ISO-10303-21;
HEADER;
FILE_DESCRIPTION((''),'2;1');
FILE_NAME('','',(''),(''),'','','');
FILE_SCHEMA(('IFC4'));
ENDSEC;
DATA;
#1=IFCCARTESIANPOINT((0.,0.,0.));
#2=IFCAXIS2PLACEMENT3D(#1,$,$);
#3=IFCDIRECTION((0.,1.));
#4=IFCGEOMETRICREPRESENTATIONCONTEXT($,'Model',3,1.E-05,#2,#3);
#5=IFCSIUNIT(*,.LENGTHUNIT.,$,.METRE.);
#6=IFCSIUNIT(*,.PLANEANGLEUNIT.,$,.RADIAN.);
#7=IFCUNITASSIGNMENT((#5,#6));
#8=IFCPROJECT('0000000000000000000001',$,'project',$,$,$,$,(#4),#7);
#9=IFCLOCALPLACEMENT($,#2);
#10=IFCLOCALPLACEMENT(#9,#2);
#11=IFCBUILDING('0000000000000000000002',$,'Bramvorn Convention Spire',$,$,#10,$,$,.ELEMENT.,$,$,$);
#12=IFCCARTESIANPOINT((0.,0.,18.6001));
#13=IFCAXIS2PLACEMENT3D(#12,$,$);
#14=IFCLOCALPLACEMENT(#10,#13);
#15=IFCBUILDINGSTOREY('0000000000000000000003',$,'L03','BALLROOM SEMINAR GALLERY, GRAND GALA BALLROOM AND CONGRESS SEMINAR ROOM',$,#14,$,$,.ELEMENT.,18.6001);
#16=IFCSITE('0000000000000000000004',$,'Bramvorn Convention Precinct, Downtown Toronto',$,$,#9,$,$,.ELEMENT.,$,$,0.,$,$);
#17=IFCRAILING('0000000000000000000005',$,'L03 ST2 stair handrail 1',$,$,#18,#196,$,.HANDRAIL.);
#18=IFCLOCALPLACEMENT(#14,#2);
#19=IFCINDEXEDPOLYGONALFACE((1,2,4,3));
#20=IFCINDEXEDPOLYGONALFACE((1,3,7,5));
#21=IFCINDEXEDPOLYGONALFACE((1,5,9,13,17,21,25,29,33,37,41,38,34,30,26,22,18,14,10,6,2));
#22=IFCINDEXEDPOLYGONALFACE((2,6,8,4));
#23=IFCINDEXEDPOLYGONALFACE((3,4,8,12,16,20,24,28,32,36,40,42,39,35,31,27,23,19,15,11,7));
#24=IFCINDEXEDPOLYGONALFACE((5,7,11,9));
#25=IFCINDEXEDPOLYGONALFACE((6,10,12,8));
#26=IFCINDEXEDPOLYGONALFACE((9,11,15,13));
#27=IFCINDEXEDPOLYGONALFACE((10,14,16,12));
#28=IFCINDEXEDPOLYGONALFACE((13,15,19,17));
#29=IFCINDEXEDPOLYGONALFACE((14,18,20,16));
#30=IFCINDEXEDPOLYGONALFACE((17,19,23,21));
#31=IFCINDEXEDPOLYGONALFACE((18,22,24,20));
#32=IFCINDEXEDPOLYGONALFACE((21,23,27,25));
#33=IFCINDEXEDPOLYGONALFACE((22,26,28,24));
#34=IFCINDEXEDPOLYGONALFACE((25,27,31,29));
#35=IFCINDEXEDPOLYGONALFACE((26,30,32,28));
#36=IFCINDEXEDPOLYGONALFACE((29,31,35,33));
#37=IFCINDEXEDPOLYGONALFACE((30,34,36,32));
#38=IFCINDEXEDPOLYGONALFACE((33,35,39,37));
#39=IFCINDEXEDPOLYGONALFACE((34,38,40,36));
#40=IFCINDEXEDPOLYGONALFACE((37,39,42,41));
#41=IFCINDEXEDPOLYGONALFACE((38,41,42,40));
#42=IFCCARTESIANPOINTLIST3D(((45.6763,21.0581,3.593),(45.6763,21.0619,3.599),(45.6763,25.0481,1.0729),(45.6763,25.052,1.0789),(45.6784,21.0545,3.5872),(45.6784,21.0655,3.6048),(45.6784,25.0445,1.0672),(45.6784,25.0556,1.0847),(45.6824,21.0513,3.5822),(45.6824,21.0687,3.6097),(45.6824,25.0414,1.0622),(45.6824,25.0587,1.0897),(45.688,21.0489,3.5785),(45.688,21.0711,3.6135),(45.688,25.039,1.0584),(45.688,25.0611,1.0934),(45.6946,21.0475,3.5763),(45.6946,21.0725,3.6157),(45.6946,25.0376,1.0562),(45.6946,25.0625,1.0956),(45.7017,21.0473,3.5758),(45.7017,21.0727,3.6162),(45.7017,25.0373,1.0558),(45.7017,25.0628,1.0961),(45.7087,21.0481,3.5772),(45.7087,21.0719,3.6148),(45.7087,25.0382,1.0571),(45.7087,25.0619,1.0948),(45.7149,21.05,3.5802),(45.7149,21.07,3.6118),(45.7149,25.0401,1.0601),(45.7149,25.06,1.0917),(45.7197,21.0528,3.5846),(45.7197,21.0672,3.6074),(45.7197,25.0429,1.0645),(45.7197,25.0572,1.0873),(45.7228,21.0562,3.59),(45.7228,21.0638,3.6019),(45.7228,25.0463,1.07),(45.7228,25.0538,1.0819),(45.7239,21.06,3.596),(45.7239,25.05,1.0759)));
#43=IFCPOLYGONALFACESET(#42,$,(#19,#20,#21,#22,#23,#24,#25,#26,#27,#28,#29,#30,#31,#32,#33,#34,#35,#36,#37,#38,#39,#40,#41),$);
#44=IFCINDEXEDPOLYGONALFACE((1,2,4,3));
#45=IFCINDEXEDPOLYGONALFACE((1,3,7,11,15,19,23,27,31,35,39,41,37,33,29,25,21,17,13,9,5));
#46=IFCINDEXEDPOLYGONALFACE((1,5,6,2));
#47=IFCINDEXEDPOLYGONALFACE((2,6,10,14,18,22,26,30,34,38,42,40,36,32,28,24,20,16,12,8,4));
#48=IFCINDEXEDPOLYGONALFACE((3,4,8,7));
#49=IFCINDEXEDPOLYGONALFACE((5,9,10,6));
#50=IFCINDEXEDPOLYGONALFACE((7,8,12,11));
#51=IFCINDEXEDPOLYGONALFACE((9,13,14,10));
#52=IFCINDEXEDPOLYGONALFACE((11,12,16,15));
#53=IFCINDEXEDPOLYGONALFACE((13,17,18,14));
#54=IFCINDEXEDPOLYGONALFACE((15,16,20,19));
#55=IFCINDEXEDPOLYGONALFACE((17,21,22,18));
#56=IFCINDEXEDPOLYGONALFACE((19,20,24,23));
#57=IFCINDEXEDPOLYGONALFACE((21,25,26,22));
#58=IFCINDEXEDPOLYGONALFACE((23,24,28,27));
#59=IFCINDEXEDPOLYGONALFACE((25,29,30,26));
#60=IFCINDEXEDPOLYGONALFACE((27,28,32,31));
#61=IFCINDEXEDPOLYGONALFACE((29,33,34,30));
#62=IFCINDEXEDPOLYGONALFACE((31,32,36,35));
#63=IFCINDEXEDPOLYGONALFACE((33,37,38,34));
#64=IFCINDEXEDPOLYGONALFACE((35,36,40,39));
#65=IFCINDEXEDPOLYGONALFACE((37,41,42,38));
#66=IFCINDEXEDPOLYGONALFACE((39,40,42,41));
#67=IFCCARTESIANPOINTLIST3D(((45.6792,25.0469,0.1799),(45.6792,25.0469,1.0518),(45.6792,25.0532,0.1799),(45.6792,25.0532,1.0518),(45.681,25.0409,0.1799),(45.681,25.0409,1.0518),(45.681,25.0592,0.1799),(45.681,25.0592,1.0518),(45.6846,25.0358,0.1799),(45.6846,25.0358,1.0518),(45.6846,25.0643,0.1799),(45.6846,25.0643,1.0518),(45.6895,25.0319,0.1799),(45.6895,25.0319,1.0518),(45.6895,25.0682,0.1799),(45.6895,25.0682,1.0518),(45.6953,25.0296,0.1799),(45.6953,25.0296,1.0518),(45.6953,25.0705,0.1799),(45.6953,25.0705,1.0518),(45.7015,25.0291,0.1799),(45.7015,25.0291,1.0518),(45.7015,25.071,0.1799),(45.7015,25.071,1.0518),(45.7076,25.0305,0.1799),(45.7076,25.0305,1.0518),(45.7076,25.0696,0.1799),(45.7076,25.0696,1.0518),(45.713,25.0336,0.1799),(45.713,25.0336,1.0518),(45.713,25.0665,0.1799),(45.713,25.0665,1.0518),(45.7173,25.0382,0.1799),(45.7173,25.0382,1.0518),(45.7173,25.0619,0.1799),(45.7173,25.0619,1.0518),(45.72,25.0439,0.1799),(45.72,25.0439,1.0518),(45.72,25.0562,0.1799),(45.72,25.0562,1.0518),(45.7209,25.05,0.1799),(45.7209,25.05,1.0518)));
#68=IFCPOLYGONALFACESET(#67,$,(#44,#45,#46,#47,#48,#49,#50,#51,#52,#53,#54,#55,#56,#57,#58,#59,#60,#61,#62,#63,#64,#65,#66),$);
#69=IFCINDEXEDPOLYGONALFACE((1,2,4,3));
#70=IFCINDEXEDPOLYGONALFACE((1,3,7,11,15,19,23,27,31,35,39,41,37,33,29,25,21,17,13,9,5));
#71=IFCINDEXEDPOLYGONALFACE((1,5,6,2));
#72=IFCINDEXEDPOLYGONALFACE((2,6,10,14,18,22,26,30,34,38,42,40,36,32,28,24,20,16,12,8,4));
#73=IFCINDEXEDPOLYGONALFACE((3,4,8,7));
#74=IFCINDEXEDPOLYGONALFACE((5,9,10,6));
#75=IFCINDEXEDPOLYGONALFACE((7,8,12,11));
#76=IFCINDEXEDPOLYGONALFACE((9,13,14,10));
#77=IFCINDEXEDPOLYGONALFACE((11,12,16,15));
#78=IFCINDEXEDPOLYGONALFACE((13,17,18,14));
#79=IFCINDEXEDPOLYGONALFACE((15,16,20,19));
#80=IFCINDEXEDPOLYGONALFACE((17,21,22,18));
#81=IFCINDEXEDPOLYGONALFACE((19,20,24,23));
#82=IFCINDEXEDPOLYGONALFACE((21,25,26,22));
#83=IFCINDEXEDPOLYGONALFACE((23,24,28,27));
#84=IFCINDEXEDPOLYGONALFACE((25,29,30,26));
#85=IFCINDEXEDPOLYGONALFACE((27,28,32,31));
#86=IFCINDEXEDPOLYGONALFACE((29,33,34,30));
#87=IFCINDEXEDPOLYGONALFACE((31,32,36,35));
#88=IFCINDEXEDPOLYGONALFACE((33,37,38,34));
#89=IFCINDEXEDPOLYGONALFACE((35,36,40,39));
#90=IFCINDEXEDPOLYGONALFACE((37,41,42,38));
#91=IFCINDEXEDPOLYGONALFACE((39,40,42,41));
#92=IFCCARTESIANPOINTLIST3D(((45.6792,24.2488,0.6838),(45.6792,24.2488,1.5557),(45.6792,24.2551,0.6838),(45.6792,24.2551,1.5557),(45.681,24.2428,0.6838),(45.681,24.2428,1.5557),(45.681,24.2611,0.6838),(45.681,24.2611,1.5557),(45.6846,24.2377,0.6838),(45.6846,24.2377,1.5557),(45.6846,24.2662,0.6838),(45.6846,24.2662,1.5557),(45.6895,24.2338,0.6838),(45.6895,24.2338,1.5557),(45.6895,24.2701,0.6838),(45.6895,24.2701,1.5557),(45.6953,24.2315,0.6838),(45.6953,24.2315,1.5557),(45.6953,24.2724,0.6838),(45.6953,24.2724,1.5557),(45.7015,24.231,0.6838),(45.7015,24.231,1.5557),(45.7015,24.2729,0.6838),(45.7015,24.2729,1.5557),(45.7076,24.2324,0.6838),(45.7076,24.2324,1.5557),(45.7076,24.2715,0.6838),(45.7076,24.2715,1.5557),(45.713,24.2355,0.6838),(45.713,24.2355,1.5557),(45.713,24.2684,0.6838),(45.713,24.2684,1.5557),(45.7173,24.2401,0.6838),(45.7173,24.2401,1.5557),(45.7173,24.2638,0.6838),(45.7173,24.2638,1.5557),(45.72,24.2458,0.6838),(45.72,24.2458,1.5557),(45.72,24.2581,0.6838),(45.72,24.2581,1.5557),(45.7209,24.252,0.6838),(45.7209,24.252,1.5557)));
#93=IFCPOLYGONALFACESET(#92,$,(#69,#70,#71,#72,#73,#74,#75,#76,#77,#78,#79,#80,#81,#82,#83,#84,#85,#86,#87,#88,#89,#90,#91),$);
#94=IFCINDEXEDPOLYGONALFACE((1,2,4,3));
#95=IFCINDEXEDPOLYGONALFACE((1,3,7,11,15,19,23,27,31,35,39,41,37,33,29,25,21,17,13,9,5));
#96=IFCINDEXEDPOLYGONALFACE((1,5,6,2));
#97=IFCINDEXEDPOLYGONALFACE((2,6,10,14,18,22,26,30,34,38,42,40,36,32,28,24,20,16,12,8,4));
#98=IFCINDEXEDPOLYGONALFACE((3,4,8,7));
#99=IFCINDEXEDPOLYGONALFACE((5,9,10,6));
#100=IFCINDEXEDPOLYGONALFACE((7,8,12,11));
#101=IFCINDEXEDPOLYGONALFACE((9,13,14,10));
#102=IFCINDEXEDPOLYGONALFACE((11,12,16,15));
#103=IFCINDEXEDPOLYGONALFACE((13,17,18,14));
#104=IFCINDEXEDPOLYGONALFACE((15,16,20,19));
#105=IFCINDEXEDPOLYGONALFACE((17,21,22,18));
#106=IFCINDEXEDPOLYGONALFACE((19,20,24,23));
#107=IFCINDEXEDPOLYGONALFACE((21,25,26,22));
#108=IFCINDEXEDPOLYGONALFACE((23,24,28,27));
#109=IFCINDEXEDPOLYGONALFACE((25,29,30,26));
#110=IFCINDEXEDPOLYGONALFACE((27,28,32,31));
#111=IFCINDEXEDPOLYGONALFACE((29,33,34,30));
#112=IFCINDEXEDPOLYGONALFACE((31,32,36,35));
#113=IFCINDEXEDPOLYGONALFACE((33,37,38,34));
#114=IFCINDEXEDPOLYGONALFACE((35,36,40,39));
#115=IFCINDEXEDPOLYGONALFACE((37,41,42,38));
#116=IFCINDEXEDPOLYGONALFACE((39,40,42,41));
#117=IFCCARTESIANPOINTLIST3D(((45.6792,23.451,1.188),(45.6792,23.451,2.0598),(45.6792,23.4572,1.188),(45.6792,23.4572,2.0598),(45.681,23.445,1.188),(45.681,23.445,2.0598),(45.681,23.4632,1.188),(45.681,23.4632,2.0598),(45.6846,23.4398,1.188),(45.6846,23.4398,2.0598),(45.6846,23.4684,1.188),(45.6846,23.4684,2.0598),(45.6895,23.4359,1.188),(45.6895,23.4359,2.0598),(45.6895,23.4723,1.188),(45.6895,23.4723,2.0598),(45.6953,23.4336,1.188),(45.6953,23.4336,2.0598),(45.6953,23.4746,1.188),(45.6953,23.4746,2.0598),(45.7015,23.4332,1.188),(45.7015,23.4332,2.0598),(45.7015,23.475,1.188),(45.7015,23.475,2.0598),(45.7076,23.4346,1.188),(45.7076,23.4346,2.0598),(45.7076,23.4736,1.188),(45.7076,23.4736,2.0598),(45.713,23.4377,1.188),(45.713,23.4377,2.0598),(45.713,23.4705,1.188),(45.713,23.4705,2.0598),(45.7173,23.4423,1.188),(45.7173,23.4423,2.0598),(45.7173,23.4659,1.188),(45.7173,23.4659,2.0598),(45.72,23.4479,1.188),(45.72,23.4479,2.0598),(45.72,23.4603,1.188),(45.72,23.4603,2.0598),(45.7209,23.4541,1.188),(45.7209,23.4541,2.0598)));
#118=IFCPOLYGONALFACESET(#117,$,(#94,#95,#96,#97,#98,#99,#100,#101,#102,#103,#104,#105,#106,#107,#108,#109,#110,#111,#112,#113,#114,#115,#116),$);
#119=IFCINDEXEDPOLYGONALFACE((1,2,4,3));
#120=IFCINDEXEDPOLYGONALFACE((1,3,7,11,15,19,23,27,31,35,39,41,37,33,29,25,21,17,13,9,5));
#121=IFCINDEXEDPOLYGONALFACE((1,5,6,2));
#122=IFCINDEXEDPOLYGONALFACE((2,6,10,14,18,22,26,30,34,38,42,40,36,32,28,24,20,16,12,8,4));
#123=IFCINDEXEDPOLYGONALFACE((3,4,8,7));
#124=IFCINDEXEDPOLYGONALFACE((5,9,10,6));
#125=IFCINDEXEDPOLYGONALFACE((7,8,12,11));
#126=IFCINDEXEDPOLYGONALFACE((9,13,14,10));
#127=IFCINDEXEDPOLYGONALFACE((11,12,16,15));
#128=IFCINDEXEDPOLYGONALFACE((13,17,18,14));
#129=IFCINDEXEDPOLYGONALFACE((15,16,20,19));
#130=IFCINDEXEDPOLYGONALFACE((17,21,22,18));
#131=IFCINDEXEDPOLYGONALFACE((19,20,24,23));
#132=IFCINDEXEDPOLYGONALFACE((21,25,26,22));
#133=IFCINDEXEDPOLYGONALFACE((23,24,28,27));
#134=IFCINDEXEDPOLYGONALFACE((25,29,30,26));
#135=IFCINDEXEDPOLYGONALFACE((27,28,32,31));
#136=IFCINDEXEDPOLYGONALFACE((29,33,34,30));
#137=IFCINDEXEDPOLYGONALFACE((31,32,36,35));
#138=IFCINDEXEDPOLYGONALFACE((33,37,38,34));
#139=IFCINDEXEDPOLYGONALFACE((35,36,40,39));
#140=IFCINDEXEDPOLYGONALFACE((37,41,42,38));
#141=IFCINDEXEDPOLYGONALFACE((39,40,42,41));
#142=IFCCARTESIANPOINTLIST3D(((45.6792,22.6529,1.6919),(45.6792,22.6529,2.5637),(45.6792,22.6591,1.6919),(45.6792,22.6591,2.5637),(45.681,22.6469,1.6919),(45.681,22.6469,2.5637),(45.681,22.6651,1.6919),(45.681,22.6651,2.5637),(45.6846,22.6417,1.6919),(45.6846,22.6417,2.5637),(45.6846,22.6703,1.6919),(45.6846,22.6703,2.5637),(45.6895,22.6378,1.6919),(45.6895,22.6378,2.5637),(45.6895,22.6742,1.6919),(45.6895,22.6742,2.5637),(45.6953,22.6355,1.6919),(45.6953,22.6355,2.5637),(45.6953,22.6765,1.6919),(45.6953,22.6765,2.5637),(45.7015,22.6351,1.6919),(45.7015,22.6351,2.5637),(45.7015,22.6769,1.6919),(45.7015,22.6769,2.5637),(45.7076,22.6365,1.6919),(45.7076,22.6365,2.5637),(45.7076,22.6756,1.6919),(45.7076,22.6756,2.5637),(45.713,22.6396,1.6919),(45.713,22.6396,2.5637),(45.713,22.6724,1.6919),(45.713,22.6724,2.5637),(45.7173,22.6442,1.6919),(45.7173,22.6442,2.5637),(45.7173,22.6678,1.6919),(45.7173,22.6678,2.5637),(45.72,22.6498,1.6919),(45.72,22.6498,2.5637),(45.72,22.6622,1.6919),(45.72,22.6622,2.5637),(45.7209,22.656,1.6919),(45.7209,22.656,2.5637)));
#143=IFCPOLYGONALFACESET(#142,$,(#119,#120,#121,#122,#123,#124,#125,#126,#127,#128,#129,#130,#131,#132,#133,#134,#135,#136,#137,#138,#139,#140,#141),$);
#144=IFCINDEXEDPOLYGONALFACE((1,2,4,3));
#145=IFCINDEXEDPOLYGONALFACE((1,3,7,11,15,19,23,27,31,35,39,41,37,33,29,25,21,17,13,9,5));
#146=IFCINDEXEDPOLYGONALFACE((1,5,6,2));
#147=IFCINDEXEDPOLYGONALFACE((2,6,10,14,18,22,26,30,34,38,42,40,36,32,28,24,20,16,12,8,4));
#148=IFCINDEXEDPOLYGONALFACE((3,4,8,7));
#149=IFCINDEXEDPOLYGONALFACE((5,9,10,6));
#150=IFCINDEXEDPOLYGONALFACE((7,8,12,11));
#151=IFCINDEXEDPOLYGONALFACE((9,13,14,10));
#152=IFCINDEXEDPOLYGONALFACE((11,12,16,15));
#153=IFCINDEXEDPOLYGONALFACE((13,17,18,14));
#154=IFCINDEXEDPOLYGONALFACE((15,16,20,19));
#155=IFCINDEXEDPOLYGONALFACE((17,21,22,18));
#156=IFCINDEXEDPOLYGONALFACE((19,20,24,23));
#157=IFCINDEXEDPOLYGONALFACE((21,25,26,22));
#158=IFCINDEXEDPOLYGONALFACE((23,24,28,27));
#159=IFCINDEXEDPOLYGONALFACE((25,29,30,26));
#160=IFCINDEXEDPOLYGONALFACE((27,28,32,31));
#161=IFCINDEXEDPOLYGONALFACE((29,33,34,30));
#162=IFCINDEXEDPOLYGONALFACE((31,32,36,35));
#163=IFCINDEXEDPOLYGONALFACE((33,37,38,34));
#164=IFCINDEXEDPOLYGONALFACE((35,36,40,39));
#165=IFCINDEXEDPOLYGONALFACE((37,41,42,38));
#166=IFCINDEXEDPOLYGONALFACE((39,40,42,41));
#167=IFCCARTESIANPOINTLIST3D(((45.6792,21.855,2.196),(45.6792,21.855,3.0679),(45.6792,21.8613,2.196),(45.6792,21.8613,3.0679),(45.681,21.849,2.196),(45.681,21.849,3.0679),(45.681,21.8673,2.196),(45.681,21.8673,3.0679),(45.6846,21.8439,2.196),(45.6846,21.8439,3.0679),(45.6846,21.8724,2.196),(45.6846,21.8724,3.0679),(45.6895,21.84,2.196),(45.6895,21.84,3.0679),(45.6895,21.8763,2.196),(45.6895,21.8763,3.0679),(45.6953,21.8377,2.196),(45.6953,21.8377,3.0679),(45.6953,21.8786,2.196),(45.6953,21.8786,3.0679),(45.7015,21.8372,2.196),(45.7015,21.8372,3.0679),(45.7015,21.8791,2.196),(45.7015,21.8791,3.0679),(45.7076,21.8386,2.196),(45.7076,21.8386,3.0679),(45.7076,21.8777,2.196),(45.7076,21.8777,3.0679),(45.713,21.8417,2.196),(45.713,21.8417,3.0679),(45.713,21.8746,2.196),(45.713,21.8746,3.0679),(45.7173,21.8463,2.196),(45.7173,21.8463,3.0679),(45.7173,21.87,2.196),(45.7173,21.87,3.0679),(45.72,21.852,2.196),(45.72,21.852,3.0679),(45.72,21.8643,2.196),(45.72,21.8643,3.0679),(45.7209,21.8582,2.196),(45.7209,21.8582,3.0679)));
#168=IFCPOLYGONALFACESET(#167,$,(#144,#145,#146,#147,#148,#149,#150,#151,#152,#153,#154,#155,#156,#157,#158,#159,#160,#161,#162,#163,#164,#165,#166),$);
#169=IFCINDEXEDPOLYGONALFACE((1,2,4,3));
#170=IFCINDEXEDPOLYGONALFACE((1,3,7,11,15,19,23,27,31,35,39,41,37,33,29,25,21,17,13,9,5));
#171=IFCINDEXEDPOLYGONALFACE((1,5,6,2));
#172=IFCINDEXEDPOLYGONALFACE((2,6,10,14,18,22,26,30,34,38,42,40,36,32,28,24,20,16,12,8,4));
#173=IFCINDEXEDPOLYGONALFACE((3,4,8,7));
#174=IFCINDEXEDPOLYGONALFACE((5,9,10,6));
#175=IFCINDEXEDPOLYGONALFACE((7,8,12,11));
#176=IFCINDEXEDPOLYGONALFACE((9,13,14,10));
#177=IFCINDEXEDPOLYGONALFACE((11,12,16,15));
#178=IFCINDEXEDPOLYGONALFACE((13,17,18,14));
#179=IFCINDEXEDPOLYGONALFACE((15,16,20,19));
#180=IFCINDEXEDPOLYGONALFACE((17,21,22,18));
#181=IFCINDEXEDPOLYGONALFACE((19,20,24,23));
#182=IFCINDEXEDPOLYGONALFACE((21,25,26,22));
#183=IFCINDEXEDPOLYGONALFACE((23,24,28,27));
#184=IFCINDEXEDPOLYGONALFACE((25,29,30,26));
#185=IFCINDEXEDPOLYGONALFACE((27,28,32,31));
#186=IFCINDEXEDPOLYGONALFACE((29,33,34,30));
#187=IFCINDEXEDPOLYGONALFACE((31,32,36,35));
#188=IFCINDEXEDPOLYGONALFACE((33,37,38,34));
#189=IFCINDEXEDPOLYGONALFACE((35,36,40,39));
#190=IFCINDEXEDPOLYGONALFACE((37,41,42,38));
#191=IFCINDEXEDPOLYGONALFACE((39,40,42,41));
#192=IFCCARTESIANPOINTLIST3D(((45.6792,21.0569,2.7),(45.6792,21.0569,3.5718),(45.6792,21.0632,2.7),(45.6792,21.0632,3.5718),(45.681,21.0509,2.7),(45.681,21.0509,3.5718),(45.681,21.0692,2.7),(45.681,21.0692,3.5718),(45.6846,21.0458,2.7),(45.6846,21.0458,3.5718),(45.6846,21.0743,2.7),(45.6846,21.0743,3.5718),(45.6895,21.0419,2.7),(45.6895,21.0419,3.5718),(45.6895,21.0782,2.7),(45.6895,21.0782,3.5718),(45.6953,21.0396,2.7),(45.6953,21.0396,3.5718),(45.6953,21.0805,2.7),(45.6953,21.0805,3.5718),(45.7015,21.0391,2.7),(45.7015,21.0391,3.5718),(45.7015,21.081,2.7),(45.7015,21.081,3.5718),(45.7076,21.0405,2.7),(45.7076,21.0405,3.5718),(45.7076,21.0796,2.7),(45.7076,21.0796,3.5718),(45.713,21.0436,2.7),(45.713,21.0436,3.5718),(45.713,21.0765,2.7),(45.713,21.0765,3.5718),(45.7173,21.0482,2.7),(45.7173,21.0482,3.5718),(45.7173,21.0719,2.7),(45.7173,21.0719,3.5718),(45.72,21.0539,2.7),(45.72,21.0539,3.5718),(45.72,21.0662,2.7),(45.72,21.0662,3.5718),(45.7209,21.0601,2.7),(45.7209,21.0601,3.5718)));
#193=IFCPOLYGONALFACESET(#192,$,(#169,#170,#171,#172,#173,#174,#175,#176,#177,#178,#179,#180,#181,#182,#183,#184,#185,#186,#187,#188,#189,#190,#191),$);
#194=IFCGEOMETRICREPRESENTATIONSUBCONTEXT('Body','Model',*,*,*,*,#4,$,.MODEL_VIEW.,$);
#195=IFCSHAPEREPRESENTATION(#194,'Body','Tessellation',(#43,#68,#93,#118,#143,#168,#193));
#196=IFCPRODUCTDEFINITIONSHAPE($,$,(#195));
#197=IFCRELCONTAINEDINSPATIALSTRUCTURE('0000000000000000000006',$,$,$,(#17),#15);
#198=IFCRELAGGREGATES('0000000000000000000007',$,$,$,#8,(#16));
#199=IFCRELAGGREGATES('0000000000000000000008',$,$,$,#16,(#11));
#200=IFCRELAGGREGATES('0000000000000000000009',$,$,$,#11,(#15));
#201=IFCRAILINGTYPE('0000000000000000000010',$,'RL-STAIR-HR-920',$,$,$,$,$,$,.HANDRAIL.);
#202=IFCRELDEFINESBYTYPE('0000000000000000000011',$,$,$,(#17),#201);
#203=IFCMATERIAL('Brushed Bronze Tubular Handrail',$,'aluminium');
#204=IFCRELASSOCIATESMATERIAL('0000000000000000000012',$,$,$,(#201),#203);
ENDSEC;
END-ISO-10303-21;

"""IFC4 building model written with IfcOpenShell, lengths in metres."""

from ifc_helpers import new_model, si_unit, direction, frame, origin, origin_2d, place, context, subcontext, project, spatial, circle, extrude, material, type_object, element, save


model = new_model("IFC4")

# Units and contexts
model_context = context("Model", 3, precision=1e-05, world=origin(), true_north=direction((0.0, 1.0)))
body_context = subcontext(model_context, "Body", "Model", "MODEL_VIEW")
ifc_project = project(units=[si_unit("LENGTHUNIT", "METRE"), si_unit("PLANEANGLEUNIT", "RADIAN")], contexts=[model_context])

# Site, building, storey
site_placement = place(None, origin())
site = spatial("IfcSite", under=ifc_project, at=site_placement, Name="Bramvorn Convention Precinct, Downtown Toronto", CompositionType="ELEMENT", RefElevation=0.0)
building_placement = place(site_placement, origin())
building = spatial("IfcBuilding", under=site, at=building_placement, Name="Bramvorn Convention Spire", CompositionType="ELEMENT")
storey_placement = place(building_placement, frame((0.0, 0.0, 18.6001)))
storey = spatial("IfcBuildingStorey", under=building, at=storey_placement, Name="L03", Description="BALLROOM SEMINAR GALLERY, GRAND GALA BALLROOM AND CONGRESS SEMINAR ROOM", CompositionType="ELEMENT", Elevation=18.6001)

# Railing
ifc_material_1 = material(Name="Brushed Bronze Tubular Handrail", Category="aluminium")
railing_type_1 = type_object("IfcRailingType", Name="RL-STAIR-HR-920", PredefinedType="HANDRAIL", material=ifc_material_1)
railing_1_placement = place(storey_placement, frame((45.7, 25.05, 0.1799)))
element("IfcRailing", 1, at=railing_1_placement, inside=storey, type_object=railing_type_1, Name="L03 ST2 stair handrail 1", PredefinedType="HANDRAIL", context=body_context, shape_type="SweptSolid", body=[
    extrude(circle(Radius=0.0239, at=origin_2d()), frame((0.0, 0.0, 0.896), z_axis=(0.0, -0.845486, 0.533997), x_axis=(1.0, 0.0, 0.0)), (0.0, 0.0, 1.0), 4.7192),
    extrude(circle(Radius=0.021, at=origin_2d()), origin(), (0.0, 0.0, 1.0), 0.8718),
    extrude(circle(Radius=0.021, at=origin_2d()), frame((0.0, -0.7981, 0.5039)), (0.0, 0.0, 1.0), 0.8718),
    extrude(circle(Radius=0.021, at=origin_2d()), frame((0.0, -1.5959, 1.0081)), (0.0, 0.0, 1.0), 0.8718),
    extrude(circle(Radius=0.021, at=origin_2d()), frame((0.0, -2.394, 1.512)), (0.0, 0.0, 1.0), 0.8718),
    extrude(circle(Radius=0.021, at=origin_2d()), frame((0.0, -3.1919, 2.0161)), (0.0, 0.0, 1.0), 0.8718),
    extrude(circle(Radius=0.021, at=origin_2d()), frame((0.0, -3.99, 2.52)), (0.0, 0.0, 1.0), 0.8718),
])

save(model, "model.ifc")
